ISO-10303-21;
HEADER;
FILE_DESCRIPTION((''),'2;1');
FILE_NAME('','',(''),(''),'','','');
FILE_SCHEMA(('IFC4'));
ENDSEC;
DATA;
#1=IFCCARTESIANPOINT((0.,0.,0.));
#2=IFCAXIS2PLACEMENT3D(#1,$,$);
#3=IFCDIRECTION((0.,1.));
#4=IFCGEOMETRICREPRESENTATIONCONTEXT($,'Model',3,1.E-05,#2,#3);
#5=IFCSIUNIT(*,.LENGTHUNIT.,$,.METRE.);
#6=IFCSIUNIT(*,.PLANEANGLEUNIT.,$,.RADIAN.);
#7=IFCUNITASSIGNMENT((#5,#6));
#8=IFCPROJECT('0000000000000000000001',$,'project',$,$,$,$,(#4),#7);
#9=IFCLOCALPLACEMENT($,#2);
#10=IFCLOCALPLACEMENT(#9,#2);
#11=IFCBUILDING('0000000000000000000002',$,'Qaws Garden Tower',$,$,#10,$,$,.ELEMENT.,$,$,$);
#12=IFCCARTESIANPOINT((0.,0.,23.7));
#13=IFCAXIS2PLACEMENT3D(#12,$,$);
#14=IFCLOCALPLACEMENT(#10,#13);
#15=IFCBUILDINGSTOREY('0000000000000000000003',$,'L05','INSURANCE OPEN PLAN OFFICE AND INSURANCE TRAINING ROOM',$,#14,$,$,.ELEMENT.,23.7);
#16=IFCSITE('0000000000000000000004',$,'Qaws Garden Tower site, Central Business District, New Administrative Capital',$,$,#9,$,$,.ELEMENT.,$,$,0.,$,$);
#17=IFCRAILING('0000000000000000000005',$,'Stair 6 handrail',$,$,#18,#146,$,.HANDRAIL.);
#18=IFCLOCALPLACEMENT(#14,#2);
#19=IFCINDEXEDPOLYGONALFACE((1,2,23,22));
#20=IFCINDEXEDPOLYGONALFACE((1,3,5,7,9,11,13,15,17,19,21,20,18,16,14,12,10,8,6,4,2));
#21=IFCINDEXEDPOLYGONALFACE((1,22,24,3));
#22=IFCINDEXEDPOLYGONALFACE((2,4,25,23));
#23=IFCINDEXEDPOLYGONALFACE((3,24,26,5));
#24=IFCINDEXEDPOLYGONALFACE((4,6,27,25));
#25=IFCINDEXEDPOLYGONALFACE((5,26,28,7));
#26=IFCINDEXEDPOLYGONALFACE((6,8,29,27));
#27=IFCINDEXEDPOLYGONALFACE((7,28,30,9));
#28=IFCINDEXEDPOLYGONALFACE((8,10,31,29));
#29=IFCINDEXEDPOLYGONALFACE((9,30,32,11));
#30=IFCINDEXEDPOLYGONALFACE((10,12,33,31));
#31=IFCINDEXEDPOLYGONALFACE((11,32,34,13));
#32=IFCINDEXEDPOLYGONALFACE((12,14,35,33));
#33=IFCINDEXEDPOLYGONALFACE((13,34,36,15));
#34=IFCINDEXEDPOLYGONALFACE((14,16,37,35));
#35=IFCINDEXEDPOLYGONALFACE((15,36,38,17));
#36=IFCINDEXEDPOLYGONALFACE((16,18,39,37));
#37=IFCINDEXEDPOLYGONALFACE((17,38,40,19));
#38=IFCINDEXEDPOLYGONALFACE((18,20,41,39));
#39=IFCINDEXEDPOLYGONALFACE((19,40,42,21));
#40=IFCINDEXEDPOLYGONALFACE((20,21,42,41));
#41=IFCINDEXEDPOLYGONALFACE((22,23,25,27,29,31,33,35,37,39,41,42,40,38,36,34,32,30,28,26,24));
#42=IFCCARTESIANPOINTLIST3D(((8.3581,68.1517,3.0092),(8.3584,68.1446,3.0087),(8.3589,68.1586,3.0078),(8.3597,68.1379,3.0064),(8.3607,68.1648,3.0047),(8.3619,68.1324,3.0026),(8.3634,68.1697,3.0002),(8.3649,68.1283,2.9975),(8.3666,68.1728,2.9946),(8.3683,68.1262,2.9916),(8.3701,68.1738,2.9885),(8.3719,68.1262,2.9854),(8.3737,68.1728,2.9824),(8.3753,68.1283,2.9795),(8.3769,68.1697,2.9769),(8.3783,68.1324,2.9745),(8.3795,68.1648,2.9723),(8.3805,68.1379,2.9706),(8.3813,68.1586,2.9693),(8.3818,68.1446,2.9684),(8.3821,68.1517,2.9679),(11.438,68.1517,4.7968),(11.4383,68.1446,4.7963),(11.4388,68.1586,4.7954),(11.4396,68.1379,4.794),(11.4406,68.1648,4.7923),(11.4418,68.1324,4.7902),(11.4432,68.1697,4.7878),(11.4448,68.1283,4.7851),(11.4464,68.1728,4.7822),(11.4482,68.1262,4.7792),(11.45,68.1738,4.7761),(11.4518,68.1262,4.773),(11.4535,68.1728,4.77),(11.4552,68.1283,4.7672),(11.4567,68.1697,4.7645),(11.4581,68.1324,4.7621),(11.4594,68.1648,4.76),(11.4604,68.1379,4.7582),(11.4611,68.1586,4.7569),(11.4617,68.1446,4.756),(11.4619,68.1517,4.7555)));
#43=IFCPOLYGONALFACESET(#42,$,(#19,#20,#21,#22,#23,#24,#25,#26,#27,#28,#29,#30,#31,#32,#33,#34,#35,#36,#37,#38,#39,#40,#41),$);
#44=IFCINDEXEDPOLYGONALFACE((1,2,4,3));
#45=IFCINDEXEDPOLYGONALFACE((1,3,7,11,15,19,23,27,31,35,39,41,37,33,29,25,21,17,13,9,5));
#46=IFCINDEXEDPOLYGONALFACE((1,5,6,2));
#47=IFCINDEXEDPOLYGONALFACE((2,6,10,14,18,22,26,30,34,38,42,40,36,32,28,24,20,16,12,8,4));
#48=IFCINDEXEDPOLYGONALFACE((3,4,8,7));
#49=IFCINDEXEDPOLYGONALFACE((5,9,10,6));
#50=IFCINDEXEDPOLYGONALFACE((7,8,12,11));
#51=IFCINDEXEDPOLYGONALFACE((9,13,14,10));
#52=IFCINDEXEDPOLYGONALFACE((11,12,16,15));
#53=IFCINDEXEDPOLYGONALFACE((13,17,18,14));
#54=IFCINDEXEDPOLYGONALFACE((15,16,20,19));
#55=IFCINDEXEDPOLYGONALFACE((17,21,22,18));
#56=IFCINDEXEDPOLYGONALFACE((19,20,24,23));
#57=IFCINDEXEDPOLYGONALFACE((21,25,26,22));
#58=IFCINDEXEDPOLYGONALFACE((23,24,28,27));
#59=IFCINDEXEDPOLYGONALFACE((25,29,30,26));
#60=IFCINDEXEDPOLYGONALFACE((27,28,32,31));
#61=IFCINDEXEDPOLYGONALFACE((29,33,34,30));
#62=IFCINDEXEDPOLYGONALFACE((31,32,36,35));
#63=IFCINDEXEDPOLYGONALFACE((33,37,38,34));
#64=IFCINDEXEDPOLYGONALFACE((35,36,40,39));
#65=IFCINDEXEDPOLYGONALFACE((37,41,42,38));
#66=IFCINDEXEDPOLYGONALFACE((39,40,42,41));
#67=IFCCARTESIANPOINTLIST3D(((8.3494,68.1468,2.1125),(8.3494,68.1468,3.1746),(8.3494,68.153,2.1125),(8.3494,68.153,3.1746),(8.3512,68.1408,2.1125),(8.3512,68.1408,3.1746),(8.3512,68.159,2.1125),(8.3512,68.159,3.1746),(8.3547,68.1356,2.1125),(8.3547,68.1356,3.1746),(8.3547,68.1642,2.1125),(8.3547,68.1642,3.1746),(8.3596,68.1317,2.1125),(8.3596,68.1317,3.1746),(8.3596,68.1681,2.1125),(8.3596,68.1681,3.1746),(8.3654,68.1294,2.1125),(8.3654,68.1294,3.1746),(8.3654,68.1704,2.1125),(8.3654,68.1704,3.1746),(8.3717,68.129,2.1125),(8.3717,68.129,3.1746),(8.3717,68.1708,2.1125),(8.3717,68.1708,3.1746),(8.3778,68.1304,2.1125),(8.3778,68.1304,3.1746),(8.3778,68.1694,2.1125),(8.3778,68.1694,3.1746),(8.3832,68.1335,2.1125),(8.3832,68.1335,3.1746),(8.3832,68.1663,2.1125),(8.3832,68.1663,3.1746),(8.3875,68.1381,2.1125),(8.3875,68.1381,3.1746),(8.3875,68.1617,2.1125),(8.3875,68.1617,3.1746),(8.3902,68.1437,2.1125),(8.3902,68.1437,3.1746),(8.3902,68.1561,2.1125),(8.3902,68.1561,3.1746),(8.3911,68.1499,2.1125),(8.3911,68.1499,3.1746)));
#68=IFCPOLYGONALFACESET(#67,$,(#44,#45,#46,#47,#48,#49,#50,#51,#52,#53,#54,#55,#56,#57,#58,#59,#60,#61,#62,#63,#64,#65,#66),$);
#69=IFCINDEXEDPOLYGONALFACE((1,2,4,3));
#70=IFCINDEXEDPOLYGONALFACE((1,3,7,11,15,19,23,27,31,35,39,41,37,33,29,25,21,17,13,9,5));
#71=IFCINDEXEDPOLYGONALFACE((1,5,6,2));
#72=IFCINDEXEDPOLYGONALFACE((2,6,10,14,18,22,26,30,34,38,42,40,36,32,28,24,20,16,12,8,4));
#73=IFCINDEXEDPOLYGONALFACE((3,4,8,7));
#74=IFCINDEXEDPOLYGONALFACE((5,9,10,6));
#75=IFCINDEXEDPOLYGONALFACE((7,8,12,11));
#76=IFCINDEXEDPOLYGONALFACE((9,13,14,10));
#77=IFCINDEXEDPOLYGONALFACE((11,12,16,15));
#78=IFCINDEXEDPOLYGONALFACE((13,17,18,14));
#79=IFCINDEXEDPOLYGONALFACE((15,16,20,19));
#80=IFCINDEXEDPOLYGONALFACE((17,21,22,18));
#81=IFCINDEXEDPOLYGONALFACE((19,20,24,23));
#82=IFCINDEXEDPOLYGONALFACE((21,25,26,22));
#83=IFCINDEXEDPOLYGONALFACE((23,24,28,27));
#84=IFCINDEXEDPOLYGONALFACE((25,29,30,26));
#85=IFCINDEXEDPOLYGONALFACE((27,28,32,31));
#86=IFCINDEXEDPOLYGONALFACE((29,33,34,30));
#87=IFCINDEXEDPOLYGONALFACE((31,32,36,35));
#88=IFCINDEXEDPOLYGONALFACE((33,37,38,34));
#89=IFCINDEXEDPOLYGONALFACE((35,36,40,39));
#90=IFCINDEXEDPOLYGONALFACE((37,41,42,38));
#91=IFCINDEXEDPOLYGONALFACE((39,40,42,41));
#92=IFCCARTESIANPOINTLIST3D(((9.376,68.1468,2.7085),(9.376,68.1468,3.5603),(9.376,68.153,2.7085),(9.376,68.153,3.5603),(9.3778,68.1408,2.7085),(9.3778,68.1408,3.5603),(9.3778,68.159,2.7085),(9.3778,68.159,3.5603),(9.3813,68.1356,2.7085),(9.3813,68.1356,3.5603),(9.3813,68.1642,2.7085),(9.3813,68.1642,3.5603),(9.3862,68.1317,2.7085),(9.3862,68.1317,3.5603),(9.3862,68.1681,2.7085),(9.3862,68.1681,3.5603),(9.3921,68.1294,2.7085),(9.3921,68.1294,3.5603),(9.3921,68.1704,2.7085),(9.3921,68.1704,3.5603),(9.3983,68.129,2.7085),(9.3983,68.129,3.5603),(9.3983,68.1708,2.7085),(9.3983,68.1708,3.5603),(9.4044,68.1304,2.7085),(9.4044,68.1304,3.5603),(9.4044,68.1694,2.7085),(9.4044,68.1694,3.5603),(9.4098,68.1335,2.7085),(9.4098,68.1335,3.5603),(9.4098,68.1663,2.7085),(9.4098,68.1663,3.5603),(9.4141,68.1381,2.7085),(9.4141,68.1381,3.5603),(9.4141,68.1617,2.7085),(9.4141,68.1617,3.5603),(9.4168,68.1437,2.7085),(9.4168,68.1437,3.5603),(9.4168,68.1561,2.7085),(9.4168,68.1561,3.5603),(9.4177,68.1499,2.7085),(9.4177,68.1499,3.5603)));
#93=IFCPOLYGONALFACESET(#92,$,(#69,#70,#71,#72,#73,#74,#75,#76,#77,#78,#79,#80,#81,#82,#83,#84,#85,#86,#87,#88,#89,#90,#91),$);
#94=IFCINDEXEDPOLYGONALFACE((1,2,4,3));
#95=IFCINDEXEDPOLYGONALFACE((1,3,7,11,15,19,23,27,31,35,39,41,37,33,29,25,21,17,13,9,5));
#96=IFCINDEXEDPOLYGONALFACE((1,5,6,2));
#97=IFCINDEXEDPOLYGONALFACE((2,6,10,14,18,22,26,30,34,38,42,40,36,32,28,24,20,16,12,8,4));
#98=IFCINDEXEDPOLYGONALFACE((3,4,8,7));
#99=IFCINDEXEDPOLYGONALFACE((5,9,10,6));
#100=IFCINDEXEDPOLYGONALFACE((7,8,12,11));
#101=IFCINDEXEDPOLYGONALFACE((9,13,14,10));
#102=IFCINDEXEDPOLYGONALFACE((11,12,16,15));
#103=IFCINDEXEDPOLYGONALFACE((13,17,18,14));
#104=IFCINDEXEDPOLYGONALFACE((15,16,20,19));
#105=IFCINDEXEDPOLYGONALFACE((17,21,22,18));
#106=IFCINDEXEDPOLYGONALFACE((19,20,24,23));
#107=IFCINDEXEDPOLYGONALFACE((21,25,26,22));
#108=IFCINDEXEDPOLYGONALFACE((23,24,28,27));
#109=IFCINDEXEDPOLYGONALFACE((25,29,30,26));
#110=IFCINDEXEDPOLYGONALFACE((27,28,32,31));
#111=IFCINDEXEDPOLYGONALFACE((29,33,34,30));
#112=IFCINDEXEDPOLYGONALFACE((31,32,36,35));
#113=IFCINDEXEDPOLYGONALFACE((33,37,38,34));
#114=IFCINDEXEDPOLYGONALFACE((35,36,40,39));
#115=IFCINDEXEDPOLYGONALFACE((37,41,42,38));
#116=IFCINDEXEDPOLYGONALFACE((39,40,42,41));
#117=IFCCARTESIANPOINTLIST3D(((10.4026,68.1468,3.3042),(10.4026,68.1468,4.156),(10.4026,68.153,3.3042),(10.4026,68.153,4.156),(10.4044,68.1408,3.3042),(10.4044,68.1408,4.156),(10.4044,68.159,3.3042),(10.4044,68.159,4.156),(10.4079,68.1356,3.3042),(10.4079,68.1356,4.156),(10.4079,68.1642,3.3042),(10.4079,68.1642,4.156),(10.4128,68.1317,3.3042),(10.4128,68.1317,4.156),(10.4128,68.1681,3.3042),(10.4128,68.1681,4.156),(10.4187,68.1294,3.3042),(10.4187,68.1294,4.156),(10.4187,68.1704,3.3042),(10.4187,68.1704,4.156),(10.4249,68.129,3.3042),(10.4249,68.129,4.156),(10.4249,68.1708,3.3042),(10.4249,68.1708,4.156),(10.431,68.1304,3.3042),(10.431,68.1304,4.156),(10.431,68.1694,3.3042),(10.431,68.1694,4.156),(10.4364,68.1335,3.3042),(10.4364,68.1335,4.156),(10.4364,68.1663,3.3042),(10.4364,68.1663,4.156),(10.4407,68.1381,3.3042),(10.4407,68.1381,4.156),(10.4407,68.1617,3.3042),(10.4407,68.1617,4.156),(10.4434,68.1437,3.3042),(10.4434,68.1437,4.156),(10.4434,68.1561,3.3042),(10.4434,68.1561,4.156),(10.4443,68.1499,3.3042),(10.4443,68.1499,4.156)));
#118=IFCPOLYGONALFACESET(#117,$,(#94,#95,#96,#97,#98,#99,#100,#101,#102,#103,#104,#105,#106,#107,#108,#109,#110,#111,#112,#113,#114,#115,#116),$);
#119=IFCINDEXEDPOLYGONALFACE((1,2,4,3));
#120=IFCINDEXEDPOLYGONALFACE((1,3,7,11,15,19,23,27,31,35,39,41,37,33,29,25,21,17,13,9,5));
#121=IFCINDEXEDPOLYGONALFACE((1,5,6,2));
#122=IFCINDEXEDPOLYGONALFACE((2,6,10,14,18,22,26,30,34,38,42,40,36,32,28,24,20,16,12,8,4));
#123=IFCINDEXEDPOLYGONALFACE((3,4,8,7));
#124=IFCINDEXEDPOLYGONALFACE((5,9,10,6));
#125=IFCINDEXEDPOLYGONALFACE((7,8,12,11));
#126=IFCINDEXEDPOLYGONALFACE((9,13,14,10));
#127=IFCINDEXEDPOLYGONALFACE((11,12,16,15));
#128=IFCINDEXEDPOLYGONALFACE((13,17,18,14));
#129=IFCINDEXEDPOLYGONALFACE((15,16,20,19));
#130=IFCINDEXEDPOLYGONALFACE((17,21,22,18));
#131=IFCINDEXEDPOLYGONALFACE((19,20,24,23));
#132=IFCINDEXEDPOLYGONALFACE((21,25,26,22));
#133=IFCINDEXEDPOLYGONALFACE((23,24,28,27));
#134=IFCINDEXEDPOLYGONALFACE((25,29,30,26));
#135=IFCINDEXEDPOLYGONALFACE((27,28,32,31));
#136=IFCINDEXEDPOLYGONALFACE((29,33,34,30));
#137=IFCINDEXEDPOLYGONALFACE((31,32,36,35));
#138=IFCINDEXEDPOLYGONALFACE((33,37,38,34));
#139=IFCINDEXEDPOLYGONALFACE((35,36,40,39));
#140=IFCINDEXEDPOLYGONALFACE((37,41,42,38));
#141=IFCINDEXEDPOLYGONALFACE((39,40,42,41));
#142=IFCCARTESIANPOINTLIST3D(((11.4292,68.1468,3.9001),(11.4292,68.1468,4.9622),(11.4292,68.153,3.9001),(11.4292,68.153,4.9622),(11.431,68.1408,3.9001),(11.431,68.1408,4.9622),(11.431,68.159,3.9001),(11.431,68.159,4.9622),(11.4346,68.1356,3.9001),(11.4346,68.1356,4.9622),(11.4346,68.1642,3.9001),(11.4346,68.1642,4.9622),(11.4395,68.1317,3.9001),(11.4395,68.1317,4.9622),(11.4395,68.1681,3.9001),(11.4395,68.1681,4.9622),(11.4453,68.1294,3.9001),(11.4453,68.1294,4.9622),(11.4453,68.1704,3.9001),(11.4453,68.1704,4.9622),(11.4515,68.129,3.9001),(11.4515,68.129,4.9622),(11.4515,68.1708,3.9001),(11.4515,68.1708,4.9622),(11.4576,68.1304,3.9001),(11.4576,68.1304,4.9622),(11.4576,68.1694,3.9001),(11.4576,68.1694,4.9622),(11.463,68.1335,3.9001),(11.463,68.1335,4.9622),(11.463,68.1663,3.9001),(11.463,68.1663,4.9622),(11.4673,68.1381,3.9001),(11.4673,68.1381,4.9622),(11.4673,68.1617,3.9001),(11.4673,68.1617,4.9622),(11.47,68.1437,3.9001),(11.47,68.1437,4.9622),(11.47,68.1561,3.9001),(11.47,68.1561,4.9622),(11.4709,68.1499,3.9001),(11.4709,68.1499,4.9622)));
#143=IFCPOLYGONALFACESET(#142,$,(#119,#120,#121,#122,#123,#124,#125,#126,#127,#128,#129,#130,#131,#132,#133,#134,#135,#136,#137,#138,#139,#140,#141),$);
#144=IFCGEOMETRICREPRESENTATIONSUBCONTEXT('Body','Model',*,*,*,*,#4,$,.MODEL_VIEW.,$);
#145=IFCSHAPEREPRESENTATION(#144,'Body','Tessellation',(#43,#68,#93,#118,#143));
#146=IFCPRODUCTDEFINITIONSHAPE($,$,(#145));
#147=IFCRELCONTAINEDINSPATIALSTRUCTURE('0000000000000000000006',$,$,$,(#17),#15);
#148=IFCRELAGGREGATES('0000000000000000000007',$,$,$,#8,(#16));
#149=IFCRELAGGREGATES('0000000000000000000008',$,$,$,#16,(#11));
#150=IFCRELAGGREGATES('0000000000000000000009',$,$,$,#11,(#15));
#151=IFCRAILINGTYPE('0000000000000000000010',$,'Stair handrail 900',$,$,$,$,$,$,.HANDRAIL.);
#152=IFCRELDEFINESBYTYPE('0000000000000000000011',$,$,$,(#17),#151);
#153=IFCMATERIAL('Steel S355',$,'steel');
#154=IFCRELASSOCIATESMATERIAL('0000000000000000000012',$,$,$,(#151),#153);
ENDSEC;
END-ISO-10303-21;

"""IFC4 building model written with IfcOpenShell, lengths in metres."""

from ifc_helpers import new_model, si_unit, direction, frame, origin, origin_2d, place, context, subcontext, project, spatial, circle, extrude, material, type_object, element, save


model = new_model("IFC4")

# Units and contexts
model_context = context("Model", 3, precision=1e-05, world=origin(), true_north=direction((0.0, 1.0)))
body_context = subcontext(model_context, "Body", "Model", "MODEL_VIEW")
ifc_project = project(units=[si_unit("LENGTHUNIT", "METRE"), si_unit("PLANEANGLEUNIT", "RADIAN")], contexts=[model_context])

# Site, building, storey
site_placement = place(None, origin())
site = spatial("IfcSite", under=ifc_project, at=site_placement, Name="Qaws Garden Tower site, Central Business District, New Administrative Capital", CompositionType="ELEMENT", RefElevation=0.0)
building_placement = place(site_placement, origin())
building = spatial("IfcBuilding", under=site, at=building_placement, Name="Qaws Garden Tower", CompositionType="ELEMENT")
storey_placement = place(building_placement, frame((0.0, 0.0, 23.7)))
storey = spatial("IfcBuildingStorey", under=building, at=storey_placement, Name="L05", Description="INSURANCE OPEN PLAN OFFICE AND INSURANCE TRAINING ROOM", CompositionType="ELEMENT", Elevation=23.7)

# Railing
ifc_material_1 = material(Name="Steel S355", Category="steel")
railing_type = type_object("IfcRailingType", Name="Stair handrail 900", PredefinedType="HANDRAIL", material=ifc_material_1)
railing_1_placement = place(storey_placement, frame((8.3701, 68.1499, 2.1125)))
element("IfcRailing", 1, at=railing_1_placement, inside=storey, type_object=railing_type, Name="Stair 6 handrail", PredefinedType="HANDRAIL", context=body_context, shape_type="SweptSolid", body=[
    extrude(circle(Radius=0.0239, at=origin_2d()), frame((0.0, 0.0, 0.876), z_axis=(0.864873, 0.0, 0.50199), x_axis=(0.0, 1.0, 0.0)), (0.0, 0.0, 1.0), 3.561),
    extrude(circle(Radius=0.021, at=origin_2d()), origin(), (0.0, 0.0, 1.0), 1.062),
    extrude(circle(Radius=0.021, at=origin_2d()), frame((1.0266, 0.0, 0.5959)), (0.0, 0.0, 1.0), 0.8518),
    extrude(circle(Radius=0.021, at=origin_2d()), frame((2.0532, 0.0, 1.1917)), (0.0, 0.0, 1.0), 0.8518),
    extrude(circle(Radius=0.021, at=origin_2d()), frame((3.0798, 0.0, 1.7876)), (0.0, 0.0, 1.0), 1.062),
])

save(model, "model.ifc")
